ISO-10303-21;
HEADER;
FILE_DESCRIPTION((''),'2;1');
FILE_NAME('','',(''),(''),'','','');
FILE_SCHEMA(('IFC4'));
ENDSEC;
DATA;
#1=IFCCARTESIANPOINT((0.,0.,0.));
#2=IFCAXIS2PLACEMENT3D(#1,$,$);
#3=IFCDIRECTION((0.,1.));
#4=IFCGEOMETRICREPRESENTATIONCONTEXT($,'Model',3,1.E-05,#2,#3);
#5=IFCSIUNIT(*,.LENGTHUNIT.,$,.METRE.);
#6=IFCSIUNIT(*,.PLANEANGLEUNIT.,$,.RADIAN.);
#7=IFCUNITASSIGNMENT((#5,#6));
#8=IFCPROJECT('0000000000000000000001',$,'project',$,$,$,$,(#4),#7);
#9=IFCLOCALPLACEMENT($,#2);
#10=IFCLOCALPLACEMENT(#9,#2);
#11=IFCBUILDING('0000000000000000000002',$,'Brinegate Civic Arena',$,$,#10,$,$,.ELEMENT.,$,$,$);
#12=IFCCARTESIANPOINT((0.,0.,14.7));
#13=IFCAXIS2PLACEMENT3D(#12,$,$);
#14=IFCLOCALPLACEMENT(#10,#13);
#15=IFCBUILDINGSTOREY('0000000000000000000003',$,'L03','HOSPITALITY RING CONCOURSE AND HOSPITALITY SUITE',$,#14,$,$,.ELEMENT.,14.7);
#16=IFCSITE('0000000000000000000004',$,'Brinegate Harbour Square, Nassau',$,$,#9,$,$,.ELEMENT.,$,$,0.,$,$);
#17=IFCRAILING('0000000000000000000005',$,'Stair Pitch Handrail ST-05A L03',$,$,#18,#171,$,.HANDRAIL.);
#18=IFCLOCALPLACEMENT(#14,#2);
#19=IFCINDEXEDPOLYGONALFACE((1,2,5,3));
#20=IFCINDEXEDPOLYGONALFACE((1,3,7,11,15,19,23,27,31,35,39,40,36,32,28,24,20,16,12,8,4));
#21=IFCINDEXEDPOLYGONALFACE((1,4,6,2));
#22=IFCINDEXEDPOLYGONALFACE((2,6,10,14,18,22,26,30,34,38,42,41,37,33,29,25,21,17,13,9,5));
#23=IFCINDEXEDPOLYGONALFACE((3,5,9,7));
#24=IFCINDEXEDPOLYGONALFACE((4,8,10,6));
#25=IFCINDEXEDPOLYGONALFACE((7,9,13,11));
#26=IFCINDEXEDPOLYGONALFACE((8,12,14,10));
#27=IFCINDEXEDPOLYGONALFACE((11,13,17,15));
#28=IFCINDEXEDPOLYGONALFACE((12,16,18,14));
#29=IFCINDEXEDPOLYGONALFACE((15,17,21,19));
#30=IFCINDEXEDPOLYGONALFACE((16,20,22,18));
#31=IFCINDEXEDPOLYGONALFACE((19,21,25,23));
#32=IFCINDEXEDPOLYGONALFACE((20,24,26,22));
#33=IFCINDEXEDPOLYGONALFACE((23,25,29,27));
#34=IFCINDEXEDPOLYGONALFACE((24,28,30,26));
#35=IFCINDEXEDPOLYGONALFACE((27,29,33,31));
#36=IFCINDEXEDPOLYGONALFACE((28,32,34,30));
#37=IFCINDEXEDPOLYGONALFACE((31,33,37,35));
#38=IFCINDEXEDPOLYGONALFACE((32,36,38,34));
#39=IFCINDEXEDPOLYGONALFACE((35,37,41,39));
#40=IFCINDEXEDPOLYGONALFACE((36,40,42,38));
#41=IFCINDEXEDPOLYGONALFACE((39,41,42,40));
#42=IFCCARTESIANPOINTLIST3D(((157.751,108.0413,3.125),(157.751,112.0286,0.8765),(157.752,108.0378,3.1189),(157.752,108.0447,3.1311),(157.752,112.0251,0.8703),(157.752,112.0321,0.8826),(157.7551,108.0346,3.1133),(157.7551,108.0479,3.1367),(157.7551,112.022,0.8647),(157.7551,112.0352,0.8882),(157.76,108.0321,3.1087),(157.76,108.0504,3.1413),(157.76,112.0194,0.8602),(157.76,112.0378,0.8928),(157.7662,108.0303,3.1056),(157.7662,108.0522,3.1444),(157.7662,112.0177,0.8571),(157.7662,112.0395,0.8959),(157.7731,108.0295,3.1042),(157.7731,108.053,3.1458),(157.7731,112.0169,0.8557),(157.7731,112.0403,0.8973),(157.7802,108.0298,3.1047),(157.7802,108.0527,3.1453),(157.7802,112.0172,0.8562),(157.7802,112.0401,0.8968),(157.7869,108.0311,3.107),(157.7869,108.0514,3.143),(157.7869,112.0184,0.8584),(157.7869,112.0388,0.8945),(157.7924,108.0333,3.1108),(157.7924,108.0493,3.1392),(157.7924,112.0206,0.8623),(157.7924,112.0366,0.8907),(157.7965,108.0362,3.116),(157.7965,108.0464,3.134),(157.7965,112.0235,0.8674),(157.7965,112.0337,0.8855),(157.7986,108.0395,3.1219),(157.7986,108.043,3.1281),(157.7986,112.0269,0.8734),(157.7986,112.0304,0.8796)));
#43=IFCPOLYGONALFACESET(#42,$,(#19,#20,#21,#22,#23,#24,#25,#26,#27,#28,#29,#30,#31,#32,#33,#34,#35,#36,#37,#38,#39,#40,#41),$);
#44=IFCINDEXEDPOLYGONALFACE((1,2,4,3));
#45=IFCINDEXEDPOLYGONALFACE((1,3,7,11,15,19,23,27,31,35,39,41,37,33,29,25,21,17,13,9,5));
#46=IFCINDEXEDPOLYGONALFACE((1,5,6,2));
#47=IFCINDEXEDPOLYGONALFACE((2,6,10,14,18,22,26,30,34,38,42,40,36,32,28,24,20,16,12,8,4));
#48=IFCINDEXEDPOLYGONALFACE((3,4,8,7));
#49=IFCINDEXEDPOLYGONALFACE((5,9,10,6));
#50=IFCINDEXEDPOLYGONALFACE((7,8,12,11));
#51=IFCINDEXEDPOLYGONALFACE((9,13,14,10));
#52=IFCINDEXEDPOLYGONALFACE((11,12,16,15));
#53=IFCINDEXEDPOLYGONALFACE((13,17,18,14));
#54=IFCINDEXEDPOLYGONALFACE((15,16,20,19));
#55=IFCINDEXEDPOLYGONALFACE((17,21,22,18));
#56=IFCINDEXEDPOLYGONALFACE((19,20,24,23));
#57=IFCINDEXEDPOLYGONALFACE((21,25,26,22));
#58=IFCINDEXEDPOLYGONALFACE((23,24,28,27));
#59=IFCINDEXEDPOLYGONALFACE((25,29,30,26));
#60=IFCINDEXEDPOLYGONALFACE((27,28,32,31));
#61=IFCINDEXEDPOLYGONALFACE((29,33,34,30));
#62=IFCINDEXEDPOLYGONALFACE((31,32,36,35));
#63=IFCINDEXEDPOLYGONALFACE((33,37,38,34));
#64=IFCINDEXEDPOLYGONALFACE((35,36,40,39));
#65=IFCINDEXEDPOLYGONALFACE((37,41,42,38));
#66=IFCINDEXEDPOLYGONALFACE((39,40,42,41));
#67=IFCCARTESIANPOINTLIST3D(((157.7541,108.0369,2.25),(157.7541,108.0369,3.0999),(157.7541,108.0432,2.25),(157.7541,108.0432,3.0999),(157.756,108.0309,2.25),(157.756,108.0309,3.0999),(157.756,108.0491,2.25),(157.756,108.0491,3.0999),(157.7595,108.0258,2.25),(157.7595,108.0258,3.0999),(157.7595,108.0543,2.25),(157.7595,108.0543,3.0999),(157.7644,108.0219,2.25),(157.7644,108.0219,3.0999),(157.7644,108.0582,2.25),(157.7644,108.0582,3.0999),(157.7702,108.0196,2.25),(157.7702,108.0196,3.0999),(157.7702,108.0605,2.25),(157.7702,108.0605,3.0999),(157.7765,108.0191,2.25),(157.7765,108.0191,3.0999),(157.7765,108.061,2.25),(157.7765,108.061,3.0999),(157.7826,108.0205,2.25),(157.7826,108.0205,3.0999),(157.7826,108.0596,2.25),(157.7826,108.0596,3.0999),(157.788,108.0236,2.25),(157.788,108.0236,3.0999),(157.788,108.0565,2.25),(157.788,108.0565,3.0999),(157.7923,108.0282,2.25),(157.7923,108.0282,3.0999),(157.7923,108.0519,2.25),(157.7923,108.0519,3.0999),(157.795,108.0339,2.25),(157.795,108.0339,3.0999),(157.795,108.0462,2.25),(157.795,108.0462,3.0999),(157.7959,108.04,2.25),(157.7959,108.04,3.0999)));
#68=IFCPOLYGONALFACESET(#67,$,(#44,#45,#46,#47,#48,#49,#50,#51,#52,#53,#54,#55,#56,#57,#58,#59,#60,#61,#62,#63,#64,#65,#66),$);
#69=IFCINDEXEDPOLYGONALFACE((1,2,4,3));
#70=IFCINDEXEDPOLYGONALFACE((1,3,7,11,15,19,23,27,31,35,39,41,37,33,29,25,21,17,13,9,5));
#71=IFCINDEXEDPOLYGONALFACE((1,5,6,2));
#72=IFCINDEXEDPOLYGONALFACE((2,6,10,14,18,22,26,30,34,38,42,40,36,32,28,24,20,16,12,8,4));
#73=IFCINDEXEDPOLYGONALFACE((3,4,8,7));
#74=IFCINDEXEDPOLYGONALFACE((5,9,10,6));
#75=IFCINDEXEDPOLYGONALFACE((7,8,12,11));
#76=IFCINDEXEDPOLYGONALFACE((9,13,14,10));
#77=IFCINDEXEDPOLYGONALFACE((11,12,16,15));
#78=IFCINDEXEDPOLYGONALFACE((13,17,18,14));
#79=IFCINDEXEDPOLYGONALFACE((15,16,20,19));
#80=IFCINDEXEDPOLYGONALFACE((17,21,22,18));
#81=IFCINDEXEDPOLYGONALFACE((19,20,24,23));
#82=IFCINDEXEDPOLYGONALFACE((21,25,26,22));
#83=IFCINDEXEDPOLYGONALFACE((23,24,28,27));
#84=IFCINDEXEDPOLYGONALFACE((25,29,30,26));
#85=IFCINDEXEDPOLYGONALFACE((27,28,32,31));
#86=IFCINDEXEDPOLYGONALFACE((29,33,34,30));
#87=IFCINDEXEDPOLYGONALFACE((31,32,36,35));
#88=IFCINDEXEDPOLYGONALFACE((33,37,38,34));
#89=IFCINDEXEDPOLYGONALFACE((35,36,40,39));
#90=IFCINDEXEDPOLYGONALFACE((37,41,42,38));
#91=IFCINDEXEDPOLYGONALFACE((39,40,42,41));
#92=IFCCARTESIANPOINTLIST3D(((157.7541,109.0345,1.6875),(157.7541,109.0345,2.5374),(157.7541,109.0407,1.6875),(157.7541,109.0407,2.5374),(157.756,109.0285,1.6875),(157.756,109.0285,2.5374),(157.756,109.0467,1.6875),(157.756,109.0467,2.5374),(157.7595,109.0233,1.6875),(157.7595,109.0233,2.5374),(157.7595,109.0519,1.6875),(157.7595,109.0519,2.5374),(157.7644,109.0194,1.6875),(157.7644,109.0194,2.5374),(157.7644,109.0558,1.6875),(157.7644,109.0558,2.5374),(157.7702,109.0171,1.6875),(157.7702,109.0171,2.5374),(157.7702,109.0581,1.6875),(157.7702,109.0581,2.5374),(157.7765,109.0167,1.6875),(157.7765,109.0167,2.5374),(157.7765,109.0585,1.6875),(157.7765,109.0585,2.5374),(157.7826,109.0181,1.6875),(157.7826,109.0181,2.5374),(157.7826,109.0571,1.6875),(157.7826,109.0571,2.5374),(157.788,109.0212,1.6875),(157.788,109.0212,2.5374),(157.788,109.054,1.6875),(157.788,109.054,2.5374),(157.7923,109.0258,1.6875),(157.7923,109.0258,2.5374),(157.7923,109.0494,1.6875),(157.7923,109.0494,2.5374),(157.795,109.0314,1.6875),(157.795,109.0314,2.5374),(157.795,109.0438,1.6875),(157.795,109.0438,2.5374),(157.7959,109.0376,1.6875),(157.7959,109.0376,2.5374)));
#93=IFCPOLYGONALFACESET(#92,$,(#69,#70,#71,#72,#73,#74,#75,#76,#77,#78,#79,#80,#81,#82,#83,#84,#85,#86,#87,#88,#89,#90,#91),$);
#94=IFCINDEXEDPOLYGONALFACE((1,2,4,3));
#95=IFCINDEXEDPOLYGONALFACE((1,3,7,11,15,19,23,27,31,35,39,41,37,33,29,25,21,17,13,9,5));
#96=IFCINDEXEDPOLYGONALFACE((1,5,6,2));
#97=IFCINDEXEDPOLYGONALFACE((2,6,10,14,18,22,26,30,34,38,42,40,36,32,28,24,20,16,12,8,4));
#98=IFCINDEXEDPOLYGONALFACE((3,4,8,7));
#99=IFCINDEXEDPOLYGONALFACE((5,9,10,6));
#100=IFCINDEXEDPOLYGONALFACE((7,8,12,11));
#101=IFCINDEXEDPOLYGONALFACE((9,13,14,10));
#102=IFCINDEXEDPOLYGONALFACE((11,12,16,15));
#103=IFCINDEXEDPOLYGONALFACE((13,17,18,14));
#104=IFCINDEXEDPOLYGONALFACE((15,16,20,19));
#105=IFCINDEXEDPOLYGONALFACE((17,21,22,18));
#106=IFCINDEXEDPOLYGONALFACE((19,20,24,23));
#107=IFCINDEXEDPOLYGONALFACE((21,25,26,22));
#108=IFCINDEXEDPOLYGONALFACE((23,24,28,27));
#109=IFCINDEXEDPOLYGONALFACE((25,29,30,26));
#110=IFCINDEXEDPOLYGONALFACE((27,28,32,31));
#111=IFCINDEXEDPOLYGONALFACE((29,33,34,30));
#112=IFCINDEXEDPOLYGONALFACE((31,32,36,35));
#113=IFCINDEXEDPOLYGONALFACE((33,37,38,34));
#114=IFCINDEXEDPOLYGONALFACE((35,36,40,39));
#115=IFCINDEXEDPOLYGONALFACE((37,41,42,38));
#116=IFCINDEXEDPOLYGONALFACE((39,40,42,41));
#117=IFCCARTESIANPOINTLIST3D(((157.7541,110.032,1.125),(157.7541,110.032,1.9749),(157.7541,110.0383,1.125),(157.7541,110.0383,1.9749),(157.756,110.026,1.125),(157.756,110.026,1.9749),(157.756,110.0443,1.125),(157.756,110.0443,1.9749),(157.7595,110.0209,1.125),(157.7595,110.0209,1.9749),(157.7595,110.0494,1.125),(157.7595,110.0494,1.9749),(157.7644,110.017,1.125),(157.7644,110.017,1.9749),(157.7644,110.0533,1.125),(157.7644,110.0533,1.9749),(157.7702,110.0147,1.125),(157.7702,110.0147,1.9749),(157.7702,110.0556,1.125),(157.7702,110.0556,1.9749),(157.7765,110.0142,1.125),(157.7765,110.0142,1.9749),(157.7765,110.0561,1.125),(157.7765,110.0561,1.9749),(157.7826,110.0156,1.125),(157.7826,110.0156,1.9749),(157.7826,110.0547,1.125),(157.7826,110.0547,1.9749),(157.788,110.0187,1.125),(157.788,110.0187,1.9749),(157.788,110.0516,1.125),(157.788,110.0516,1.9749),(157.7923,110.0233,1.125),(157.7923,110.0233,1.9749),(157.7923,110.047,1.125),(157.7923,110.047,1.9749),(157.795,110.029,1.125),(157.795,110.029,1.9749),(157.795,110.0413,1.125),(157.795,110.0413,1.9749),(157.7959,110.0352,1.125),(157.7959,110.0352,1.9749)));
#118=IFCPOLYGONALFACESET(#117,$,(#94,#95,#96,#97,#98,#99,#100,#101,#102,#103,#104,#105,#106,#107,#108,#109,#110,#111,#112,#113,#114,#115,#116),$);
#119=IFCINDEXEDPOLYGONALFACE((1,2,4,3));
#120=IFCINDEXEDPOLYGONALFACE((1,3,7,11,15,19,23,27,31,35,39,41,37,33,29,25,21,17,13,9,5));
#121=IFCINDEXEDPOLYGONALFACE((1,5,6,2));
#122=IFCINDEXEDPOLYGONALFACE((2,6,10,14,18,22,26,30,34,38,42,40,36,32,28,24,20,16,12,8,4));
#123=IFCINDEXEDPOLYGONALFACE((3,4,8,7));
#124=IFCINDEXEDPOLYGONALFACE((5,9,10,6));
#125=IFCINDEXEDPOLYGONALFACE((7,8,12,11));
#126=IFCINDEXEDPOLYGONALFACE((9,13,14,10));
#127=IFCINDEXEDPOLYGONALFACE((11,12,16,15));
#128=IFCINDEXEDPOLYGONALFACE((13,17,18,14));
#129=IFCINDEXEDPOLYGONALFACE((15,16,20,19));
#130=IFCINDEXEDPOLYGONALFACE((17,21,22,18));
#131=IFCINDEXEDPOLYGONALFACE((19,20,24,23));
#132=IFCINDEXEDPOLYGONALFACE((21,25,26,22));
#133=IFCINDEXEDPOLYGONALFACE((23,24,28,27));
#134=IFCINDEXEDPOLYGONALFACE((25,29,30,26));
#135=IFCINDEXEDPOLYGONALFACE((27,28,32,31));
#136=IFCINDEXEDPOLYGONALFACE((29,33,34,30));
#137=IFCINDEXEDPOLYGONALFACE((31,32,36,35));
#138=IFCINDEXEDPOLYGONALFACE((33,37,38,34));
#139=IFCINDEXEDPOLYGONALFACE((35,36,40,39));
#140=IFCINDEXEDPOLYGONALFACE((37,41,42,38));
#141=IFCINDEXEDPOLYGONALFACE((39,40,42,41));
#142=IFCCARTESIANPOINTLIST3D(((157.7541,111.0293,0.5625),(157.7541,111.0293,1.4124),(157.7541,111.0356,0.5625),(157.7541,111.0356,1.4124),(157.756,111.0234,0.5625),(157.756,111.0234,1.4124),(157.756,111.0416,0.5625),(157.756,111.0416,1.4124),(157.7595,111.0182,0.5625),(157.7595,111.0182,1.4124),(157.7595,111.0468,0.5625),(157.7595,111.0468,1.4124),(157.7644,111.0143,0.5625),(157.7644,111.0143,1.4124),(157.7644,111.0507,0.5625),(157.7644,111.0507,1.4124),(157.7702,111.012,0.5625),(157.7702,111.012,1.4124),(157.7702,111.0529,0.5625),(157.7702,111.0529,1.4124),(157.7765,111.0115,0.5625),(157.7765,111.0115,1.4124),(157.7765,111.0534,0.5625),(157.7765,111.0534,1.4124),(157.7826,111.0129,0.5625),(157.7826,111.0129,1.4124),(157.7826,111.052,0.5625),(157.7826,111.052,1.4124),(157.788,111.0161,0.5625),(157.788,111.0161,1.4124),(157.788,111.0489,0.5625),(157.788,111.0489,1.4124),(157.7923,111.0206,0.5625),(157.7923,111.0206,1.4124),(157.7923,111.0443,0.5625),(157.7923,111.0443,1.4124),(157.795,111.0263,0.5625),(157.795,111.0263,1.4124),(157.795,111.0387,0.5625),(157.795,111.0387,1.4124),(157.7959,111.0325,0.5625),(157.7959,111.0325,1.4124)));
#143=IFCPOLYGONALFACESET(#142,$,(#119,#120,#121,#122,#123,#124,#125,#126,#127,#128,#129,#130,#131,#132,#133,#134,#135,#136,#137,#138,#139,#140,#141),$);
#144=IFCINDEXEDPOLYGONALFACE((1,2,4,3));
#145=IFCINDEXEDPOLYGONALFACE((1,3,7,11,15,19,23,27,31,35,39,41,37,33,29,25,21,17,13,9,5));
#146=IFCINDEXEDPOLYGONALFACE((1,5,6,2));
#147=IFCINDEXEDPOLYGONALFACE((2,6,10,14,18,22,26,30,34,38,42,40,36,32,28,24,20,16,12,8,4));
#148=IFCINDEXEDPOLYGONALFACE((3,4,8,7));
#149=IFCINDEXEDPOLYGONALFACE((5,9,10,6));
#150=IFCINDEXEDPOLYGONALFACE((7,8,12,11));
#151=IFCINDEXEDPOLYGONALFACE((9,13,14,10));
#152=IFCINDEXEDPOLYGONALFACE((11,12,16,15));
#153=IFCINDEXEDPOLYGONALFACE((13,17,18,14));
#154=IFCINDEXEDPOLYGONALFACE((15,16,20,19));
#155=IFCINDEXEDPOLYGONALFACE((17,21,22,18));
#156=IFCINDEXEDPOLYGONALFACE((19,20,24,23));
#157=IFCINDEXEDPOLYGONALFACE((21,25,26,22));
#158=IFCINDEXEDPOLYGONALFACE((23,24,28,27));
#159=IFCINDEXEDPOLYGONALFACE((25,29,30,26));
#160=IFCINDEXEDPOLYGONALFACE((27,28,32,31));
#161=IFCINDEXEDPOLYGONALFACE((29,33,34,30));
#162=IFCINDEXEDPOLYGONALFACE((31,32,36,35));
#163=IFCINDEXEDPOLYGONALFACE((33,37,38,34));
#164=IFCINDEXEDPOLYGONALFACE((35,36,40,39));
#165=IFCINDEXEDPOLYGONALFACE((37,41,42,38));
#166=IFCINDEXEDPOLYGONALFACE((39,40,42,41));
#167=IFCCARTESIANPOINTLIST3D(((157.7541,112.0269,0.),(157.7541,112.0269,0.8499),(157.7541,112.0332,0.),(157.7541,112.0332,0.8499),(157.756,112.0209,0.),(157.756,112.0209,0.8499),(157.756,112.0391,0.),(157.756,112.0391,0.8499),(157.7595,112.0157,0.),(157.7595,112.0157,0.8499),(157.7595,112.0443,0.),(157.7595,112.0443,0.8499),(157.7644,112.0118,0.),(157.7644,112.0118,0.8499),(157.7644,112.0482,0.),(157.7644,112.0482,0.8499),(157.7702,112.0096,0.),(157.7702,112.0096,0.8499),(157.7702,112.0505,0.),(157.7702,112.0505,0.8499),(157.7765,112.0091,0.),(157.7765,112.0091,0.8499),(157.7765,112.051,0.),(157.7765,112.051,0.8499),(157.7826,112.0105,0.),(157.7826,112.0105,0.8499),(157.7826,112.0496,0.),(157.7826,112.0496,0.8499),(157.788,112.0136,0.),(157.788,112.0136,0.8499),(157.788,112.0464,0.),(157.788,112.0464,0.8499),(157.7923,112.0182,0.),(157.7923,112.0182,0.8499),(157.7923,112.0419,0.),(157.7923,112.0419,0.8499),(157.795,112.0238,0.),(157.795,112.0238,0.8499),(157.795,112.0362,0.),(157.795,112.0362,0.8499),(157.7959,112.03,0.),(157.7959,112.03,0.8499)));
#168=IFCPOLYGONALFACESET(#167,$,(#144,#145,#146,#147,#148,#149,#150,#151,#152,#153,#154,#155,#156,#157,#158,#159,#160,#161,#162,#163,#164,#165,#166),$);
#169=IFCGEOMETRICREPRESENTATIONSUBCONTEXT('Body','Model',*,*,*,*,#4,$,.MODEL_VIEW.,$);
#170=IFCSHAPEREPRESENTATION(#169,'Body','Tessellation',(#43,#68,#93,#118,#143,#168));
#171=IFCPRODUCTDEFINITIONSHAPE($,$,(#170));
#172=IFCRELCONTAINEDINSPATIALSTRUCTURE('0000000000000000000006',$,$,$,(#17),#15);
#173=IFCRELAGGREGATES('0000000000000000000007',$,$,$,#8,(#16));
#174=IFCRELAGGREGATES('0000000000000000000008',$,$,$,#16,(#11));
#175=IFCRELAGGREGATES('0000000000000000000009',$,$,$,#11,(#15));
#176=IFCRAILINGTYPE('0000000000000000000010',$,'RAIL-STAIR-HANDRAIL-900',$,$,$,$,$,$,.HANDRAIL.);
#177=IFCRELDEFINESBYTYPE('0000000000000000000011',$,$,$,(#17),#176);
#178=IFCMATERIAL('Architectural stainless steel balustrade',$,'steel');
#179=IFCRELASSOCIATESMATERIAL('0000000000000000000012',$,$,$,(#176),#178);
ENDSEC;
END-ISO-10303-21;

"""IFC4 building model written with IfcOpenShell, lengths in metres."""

from ifc_helpers import new_model, si_unit, direction, frame, origin, origin_2d, place, context, subcontext, project, spatial, circle, extrude, material, type_object, element, save


model = new_model("IFC4")

# Units and contexts
model_context = context("Model", 3, precision=1e-05, world=origin(), true_north=direction((0.0, 1.0)))
body_context = subcontext(model_context, "Body", "Model", "MODEL_VIEW")
ifc_project = project(units=[si_unit("LENGTHUNIT", "METRE"), si_unit("PLANEANGLEUNIT", "RADIAN")], contexts=[model_context])

# Site, building, storey
site_placement = place(None, origin())
site = spatial("IfcSite", under=ifc_project, at=site_placement, Name="Brinegate Harbour Square, Nassau", CompositionType="ELEMENT", RefElevation=0.0)
building_placement = place(site_placement, origin())
building = spatial("IfcBuilding", under=site, at=building_placement, Name="Brinegate Civic Arena", CompositionType="ELEMENT")
storey_placement = place(building_placement, frame((0.0, 0.0, 14.7)))
storey = spatial("IfcBuildingStorey", under=building, at=storey_placement, Name="L03", Description="HOSPITALITY RING CONCOURSE AND HOSPITALITY SUITE", CompositionType="ELEMENT", Elevation=14.7)

# Railing
ifc_material_1 = material(Name="Architectural stainless steel balustrade", Category="steel")
railing_type_1 = type_object("IfcRailingType", Name="RAIL-STAIR-HANDRAIL-900", PredefinedType="HANDRAIL", material=ifc_material_1)
for number, where, name in (
    (1, (157.7749, 108.04, 2.25), "Stair Pitch Handrail ST-05A L03"),
):
    element("IfcRailing", number, at=place(storey_placement, frame(where)), inside=storey, type_object=railing_type_1, Name=name, PredefinedType="HANDRAIL", context=body_context, shape_type="SweptSolid", body=[
        extrude(circle(Radius=0.0239, at=origin_2d()), frame((0.0, 0.0012, 0.875), z_axis=(0.0, 0.87105, -0.491195), x_axis=(-1.0, 0.0, 0.0)), (0.0, 0.0, 1.0), 4.5776),
        extrude(circle(Radius=0.021, at=origin_2d()), origin(), (0.0, 0.0, 1.0), 0.8499),
        extrude(circle(Radius=0.021, at=origin_2d()), frame((0.0, 0.9976, -0.5625)), (0.0, 0.0, 1.0), 0.8499),
        extrude(circle(Radius=0.021, at=origin_2d()), frame((0.0, 1.9951, -1.125)), (0.0, 0.0, 1.0), 0.8499),
        extrude(circle(Radius=0.021, at=origin_2d()), frame((0.0, 2.9924, -1.6875)), (0.0, 0.0, 1.0), 0.8499),
        extrude(circle(Radius=0.021, at=origin_2d()), frame((0.0, 3.99, -2.25)), (0.0, 0.0, 1.0), 0.8499),
    ])

save(model, "model.ifc")
